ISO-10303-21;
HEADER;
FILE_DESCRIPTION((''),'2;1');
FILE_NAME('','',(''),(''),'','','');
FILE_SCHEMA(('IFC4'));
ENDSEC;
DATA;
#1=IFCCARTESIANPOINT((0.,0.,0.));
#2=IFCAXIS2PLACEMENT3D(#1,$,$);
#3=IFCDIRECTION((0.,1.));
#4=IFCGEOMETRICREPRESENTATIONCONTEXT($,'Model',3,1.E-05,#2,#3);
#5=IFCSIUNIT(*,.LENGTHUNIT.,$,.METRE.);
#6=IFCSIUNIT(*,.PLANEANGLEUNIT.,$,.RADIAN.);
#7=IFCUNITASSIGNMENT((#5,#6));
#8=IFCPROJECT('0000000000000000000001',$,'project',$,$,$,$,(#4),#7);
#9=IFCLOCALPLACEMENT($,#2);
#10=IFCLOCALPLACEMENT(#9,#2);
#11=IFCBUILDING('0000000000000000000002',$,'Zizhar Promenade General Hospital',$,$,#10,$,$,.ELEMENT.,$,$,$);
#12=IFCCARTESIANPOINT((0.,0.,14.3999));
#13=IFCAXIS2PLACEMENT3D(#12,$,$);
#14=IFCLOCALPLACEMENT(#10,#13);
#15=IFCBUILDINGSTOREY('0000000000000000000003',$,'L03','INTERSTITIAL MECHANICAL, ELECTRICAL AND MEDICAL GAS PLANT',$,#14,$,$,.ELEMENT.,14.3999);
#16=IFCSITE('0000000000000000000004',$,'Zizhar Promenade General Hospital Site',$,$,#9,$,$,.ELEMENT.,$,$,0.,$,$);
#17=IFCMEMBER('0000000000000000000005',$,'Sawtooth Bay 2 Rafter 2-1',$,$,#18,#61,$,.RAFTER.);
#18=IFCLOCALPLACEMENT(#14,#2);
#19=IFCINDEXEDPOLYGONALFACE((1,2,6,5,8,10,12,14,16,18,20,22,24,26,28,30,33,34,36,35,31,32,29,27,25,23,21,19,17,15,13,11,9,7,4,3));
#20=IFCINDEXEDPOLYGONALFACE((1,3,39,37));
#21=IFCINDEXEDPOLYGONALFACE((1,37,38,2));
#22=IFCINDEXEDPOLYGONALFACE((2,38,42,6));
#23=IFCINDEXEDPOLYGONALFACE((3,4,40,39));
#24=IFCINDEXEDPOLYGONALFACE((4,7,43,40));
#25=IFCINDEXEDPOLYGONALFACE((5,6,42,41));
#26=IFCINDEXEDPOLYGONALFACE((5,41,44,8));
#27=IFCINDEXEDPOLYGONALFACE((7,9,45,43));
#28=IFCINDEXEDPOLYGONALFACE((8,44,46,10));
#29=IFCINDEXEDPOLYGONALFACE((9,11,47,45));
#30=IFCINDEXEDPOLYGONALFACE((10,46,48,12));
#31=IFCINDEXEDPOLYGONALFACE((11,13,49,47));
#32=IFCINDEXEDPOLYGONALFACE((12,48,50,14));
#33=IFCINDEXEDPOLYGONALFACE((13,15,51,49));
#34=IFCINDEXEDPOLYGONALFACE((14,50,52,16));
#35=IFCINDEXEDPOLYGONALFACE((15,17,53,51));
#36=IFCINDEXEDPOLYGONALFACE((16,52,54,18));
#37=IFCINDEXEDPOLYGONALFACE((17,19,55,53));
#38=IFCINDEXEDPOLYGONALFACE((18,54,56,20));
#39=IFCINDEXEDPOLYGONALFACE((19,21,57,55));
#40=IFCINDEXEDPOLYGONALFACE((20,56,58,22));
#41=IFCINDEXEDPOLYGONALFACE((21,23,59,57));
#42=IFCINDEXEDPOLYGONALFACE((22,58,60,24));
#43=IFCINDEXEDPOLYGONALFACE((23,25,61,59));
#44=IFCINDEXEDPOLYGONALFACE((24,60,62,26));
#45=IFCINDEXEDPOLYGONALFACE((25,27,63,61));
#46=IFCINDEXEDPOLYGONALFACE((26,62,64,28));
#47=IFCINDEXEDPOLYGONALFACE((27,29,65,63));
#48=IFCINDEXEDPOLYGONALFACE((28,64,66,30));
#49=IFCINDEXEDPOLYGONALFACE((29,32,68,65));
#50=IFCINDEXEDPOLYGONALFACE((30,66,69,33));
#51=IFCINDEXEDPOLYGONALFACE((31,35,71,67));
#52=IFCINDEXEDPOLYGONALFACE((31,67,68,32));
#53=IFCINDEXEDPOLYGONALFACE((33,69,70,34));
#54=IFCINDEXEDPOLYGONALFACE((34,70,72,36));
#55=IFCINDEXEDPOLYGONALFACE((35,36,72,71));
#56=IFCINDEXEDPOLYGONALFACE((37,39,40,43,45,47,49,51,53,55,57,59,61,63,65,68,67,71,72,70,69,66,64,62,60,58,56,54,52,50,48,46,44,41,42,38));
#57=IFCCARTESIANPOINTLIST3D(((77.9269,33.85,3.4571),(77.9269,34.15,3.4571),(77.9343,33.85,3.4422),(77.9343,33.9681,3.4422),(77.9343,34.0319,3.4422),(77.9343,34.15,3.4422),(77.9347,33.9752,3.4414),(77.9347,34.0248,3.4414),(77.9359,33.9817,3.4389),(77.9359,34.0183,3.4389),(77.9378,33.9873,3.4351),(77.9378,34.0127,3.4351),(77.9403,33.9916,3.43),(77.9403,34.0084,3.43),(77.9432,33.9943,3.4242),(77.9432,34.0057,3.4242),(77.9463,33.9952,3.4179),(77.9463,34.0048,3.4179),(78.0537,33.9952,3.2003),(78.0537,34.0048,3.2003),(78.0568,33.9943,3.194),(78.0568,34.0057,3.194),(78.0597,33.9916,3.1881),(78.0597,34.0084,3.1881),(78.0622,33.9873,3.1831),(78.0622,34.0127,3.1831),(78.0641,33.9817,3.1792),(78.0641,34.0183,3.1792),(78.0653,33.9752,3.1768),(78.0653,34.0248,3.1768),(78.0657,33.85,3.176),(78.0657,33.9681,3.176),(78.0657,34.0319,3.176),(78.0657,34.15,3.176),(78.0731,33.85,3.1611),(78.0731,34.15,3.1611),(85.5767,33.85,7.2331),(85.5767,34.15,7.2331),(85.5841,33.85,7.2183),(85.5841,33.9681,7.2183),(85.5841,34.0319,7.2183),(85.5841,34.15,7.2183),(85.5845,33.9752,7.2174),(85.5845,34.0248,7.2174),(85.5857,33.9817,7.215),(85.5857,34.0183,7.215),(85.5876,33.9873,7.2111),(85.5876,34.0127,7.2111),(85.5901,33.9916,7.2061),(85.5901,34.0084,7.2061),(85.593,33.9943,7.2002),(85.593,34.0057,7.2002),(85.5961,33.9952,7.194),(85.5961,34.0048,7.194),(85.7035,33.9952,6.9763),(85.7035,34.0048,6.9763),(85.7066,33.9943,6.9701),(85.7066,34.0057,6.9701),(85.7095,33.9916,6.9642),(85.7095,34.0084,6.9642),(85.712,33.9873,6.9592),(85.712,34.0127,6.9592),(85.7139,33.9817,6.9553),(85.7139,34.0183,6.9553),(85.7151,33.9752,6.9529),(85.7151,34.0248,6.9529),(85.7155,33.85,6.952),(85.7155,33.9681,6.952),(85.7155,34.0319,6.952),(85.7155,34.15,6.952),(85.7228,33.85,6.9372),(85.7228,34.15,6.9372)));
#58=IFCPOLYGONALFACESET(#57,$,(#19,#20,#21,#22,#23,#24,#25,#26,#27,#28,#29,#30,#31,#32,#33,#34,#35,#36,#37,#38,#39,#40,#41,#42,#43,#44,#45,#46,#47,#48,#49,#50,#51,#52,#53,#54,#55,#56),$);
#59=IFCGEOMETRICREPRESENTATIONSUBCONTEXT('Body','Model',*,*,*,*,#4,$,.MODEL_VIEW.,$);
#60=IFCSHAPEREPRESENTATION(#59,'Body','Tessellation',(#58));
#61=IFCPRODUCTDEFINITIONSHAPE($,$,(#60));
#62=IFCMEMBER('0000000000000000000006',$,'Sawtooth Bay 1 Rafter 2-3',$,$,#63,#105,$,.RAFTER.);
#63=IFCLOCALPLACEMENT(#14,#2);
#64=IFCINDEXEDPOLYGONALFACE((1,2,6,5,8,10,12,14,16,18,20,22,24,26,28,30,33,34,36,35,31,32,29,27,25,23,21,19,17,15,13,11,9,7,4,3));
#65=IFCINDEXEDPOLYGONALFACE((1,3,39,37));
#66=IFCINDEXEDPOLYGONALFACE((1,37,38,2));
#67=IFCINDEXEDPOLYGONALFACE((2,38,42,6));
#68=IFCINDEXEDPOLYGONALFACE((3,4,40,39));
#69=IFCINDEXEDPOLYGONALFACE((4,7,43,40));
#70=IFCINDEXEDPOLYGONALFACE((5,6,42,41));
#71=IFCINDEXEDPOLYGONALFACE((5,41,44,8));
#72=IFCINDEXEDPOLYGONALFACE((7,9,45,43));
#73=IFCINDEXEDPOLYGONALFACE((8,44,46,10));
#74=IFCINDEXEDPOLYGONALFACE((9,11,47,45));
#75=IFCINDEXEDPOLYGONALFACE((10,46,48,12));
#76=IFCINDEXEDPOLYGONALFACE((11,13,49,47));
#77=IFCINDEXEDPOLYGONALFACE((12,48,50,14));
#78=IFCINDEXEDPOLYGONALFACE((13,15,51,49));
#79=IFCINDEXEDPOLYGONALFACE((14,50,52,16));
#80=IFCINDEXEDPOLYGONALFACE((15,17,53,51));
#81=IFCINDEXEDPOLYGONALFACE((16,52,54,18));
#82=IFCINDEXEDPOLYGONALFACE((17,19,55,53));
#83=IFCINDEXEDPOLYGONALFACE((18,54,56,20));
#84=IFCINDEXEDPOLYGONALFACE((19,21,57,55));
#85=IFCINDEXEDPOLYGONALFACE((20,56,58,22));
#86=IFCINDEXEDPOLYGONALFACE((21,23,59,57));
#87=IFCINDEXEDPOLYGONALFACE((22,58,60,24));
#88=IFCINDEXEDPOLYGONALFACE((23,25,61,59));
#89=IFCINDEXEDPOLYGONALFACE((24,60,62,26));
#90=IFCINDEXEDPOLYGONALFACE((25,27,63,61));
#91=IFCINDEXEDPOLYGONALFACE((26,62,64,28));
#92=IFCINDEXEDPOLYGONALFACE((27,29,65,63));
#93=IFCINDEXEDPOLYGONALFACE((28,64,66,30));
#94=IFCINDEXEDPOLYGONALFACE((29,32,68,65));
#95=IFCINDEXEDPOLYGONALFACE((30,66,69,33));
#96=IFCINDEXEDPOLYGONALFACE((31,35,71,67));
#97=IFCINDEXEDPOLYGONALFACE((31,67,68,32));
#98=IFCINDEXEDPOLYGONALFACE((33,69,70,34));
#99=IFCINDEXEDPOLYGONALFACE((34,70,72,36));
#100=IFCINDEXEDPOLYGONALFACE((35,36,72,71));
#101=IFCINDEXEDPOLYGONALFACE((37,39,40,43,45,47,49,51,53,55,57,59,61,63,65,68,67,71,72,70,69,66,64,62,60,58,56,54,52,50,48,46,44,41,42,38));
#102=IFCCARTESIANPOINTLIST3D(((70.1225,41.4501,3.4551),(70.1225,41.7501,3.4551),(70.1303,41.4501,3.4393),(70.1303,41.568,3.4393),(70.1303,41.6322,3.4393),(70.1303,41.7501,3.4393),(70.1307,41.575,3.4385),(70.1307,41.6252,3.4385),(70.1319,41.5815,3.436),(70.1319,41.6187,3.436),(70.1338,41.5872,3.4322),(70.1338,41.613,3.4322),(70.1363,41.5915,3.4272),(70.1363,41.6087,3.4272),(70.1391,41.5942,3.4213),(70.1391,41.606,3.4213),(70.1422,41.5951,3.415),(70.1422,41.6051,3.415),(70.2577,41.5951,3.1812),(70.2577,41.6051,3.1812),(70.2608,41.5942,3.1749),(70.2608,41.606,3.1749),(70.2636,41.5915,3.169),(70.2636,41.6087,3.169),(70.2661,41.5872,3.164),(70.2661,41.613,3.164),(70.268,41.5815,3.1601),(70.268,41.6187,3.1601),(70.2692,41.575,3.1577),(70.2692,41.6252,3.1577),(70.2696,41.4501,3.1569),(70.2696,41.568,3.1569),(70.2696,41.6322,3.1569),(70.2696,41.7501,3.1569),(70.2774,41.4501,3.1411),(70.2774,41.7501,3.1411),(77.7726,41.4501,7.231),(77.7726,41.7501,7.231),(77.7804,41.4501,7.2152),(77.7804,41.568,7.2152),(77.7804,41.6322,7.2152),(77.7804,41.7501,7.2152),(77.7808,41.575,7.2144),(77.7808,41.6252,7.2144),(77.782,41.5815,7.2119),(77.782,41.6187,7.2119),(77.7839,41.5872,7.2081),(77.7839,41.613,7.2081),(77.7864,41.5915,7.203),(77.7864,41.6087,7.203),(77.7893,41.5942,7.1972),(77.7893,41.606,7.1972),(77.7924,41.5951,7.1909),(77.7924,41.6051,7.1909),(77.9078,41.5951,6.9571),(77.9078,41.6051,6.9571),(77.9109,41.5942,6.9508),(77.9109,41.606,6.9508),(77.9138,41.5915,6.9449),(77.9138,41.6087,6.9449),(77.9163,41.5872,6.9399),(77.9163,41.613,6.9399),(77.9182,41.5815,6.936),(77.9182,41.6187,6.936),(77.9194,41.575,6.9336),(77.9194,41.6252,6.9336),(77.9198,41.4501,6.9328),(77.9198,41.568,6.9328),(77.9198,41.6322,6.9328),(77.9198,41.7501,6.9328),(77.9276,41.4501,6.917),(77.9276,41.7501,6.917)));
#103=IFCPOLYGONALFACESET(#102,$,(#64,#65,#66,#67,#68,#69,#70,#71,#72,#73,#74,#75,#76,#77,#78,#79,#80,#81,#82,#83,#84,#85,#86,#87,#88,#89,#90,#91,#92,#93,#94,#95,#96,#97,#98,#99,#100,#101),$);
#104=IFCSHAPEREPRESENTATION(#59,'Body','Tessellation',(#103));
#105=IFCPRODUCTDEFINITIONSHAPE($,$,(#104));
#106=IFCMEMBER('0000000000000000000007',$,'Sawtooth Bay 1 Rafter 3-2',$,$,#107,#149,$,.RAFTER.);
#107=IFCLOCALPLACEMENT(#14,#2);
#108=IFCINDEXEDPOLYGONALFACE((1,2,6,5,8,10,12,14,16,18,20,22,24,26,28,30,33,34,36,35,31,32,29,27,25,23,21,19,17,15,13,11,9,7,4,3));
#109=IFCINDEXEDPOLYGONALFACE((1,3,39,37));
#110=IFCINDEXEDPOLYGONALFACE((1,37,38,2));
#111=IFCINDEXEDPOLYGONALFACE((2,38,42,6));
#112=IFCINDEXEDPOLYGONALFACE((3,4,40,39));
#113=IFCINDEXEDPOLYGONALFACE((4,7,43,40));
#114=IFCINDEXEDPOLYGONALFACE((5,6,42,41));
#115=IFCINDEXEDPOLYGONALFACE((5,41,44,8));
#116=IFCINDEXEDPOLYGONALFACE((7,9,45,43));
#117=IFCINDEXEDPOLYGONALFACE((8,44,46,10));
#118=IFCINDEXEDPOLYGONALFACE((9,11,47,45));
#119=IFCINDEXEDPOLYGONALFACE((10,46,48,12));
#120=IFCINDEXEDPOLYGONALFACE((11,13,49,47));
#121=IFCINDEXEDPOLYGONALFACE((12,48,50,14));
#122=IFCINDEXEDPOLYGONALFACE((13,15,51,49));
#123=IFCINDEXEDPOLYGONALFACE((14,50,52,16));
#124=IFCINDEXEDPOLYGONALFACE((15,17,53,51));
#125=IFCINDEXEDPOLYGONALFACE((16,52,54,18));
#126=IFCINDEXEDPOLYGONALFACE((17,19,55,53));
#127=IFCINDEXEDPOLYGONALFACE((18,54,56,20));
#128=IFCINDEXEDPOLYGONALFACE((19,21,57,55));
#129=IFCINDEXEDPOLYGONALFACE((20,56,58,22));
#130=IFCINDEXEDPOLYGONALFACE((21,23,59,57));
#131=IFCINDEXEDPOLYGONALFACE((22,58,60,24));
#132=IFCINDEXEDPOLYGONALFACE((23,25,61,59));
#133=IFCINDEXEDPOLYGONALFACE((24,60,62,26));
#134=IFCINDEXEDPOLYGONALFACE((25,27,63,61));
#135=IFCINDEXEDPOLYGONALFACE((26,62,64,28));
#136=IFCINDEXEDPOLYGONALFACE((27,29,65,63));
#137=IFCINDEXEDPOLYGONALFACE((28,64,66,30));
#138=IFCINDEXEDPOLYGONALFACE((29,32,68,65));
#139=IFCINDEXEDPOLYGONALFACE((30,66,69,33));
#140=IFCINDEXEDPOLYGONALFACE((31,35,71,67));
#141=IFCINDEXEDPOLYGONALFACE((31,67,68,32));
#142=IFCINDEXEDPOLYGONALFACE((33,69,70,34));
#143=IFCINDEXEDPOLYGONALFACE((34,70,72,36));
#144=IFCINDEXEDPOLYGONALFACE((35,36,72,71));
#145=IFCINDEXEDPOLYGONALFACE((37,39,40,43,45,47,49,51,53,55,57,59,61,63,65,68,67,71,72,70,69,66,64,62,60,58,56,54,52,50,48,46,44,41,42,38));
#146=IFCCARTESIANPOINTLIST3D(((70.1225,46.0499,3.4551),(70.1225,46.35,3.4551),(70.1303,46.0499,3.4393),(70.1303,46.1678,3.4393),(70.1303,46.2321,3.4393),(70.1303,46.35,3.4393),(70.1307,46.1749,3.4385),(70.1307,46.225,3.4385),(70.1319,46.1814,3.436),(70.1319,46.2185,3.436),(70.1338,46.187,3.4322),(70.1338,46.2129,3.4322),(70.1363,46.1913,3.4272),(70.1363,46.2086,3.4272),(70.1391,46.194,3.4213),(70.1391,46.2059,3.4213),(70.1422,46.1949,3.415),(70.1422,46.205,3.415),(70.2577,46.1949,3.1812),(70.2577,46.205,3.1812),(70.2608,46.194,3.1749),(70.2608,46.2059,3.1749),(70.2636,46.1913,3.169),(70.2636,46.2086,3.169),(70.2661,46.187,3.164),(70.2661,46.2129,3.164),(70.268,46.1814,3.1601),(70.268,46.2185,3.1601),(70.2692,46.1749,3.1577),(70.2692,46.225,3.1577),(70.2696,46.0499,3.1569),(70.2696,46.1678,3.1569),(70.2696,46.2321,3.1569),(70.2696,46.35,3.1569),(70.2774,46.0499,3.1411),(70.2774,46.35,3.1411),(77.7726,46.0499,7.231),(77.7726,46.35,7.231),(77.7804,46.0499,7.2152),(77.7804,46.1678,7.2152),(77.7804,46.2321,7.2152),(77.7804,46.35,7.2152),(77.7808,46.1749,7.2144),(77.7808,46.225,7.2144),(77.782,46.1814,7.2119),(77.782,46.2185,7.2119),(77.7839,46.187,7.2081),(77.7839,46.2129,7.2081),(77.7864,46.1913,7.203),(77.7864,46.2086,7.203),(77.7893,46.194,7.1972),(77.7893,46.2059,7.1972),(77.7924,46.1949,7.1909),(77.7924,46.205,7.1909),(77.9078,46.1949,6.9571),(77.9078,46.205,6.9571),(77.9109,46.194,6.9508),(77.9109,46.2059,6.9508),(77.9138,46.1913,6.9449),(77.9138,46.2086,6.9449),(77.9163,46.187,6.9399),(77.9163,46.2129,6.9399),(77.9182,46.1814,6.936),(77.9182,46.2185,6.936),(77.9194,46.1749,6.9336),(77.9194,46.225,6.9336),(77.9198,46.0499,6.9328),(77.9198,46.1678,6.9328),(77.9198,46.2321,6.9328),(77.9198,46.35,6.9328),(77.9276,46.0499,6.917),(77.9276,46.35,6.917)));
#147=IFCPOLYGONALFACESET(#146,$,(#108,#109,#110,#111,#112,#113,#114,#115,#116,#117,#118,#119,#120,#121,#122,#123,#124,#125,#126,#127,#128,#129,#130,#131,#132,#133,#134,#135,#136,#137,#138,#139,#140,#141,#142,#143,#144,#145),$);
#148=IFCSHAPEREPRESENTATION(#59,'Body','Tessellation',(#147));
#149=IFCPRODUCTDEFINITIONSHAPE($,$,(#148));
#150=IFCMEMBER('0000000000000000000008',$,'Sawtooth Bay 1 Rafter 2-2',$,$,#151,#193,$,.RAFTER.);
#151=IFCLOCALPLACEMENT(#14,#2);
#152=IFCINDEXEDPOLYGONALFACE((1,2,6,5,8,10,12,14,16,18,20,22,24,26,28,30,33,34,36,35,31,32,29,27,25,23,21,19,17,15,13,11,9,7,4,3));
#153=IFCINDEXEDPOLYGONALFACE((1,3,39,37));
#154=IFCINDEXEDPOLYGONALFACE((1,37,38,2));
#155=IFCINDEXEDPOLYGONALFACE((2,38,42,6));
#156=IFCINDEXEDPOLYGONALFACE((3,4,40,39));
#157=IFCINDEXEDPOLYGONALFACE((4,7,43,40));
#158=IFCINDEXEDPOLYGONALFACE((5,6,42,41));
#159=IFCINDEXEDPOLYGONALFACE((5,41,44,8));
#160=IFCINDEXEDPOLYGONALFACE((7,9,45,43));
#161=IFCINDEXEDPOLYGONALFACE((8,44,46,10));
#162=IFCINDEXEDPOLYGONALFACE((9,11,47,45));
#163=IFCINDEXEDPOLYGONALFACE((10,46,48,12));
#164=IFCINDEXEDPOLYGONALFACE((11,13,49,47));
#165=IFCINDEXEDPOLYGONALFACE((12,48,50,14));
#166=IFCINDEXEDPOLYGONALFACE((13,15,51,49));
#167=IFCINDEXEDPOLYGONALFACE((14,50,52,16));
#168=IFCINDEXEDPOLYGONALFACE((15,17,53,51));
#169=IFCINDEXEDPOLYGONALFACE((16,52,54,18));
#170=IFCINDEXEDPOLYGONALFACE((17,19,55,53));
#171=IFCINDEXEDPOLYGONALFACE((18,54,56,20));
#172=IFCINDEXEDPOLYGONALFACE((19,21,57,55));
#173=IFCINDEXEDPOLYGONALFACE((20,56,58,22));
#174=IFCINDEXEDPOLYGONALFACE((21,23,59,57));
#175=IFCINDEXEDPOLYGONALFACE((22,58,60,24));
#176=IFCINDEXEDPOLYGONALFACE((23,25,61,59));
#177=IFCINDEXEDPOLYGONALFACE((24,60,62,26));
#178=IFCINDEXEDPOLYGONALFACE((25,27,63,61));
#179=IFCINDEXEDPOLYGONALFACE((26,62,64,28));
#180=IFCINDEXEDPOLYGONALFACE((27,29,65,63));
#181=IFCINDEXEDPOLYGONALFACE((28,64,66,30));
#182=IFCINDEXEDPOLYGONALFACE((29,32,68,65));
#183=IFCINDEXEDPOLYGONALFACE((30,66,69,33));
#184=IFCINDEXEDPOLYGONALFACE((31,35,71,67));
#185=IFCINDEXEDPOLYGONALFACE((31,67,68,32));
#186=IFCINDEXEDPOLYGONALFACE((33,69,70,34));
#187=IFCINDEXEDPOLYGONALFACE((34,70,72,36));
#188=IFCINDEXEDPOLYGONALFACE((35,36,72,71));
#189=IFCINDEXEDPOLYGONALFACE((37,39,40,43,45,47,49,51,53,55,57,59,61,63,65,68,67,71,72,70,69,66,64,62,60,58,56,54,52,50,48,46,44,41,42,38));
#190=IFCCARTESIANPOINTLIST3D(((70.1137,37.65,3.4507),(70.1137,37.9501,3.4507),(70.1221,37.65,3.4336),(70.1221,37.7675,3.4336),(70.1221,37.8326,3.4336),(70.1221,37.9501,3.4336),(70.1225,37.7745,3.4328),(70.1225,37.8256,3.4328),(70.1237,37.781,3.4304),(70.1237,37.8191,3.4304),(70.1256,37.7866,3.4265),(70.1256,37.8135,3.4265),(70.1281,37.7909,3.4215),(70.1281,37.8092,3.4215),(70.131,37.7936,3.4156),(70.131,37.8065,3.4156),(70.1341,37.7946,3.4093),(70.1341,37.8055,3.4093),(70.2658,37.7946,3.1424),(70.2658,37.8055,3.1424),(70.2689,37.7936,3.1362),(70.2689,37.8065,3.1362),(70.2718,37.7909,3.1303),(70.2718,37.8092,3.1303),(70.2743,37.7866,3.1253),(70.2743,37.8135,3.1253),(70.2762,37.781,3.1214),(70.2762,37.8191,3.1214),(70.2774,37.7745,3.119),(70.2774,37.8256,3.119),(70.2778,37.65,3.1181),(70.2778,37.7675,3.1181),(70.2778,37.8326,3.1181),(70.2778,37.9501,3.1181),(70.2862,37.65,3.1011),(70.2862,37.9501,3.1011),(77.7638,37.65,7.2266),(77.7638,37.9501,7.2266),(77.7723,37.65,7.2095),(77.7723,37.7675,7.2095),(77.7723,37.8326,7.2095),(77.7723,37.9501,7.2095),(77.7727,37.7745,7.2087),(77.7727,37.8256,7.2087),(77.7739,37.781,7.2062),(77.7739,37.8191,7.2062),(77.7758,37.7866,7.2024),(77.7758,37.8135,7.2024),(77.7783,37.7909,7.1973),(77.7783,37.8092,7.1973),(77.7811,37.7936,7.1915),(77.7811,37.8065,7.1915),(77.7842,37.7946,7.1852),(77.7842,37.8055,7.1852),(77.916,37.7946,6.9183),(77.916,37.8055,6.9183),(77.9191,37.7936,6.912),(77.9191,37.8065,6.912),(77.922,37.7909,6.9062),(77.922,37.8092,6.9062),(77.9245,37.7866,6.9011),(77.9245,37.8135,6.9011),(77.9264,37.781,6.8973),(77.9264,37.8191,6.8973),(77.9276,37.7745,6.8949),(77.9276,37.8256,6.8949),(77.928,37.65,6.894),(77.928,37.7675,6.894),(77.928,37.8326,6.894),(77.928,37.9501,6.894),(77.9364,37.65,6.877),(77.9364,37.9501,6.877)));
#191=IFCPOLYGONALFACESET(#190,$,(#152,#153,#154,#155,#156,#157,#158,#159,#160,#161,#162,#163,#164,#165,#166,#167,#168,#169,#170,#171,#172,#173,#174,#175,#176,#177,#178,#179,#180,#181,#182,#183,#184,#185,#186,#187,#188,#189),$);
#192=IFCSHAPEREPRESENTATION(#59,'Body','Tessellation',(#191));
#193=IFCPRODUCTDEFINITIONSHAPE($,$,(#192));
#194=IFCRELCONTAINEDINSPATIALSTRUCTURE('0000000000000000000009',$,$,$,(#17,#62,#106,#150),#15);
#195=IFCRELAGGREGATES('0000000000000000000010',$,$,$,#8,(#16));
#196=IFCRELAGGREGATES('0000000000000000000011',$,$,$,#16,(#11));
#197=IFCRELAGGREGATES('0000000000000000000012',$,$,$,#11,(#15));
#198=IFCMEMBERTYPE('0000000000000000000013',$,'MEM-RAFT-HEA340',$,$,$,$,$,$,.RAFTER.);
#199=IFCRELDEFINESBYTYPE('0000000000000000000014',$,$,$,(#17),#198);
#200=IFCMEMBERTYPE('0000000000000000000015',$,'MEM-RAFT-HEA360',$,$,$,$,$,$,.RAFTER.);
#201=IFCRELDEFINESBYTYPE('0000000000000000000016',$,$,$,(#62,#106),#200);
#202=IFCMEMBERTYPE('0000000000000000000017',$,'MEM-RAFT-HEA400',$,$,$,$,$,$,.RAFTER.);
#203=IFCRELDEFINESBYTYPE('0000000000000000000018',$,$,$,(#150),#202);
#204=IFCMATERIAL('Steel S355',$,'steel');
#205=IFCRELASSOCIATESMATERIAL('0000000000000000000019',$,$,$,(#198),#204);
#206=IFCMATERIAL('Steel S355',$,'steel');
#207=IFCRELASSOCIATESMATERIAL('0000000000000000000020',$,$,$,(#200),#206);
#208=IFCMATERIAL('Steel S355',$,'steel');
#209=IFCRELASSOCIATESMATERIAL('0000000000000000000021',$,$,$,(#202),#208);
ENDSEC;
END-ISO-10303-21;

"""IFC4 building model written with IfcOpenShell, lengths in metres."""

from ifc_helpers import new_model, si_unit, direction, frame, origin, origin_2d, place, context, subcontext, project, spatial, i_section, extrude, material, material_profile, profile_set, type_object, element, save


model = new_model("IFC4")

# Units and contexts
model_context = context("Model", 3, precision=1e-05, world=origin(), true_north=direction((0.0, 1.0)))
body_context = subcontext(model_context, "Body", "Model", "MODEL_VIEW")
ifc_project = project(units=[si_unit("LENGTHUNIT", "METRE"), si_unit("PLANEANGLEUNIT", "RADIAN")], contexts=[model_context])

# Site, building, storey
site_placement = place(None, origin())
site = spatial("IfcSite", under=ifc_project, at=site_placement, Name="Zizhar Promenade General Hospital Site", CompositionType="ELEMENT", RefElevation=0.0)
building_placement = place(site_placement, origin())
building = spatial("IfcBuilding", under=site, at=building_placement, Name="Zizhar Promenade General Hospital", CompositionType="ELEMENT")
storey_placement = place(building_placement, frame((0.0, 0.0, 14.3999)))
storey = spatial("IfcBuildingStorey", under=building, at=storey_placement, Name="L03", Description="INTERSTITIAL MECHANICAL, ELECTRICAL AND MEDICAL GAS PLANT", CompositionType="ELEMENT", Elevation=14.3999)

# Members
ifc_material_1 = material(Name="Steel S355", Category="steel")
ifc_material_profile_1 = material_profile(ifc_material_1, i_section(OverallWidth=0.3, OverallDepth=0.3301, WebThickness=0.0095, FlangeThickness=0.0166, FilletRadius=0.0271, at=origin_2d()))
ifc_profile_set_1 = profile_set([ifc_material_profile_1], Name="Steel S355")
member_type_1 = type_object("IfcMemberType", Name="MEM-RAFT-HEA340", PredefinedType="RAFTER", material=ifc_profile_set_1)
member_1_placement = place(storey_placement, frame((78.0, 34.0, 3.3091), z_axis=(0.896705, 0.0, 0.442629), x_axis=(0.0, 1.0, 0.0)))
element("IfcMember", 1, at=member_1_placement, inside=storey, type_object=member_type_1, Name="Sawtooth Bay 2 Rafter 2-1", PredefinedType="RAFTER", context=body_context, shape_type="SweptSolid", body=[
    extrude(i_section(OverallWidth=0.3, OverallDepth=0.3301, WebThickness=0.0095, FlangeThickness=0.0166, FilletRadius=0.0271, at=origin_2d()), origin(), (0.0, 0.0, 1.0), 8.531),
])
ifc_material_2 = material(Name="Steel S355", Category="steel")
ifc_material_profile_2 = material_profile(ifc_material_2, i_section(OverallWidth=0.3, OverallDepth=0.3501, WebThickness=0.01, FlangeThickness=0.0176, FilletRadius=0.0271, at=origin_2d()))
ifc_profile_set_2 = profile_set([ifc_material_profile_2], Name="Steel S355")
member_type_2 = type_object("IfcMemberType", Name="MEM-RAFT-HEA360", PredefinedType="RAFTER", material=ifc_profile_set_2)
for number, where, z_axis, x_axis, name in (
    (2, (70.2, 41.6001, 3.2981), (0.896722, 0.0, 0.442595), (0.0, 1.0, 0.0), "Sawtooth Bay 1 Rafter 2-3"),
    (3, (70.2, 46.2, 3.2981), (0.896722, 0.0, 0.442595), (0.0, 1.0, 0.0), "Sawtooth Bay 1 Rafter 3-2"),
):
    element("IfcMember", number, at=place(storey_placement, frame(where, z_axis=z_axis, x_axis=x_axis)), inside=storey, type_object=member_type_2, Name=name, PredefinedType="RAFTER", context=body_context, shape_type="SweptSolid", body=[
        extrude(i_section(OverallWidth=0.3, OverallDepth=0.3501, WebThickness=0.01, FlangeThickness=0.0176, FilletRadius=0.0271, at=origin_2d()), origin(), (0.0, 0.0, 1.0), 8.5312),
    ])
ifc_material_3 = material(Name="Steel S355", Category="steel")
ifc_material_profile_3 = material_profile(ifc_material_3, i_section(OverallWidth=0.3, OverallDepth=0.3899, WebThickness=0.011, FlangeThickness=0.019, FilletRadius=0.0271, at=origin_2d()))
ifc_profile_set_3 = profile_set([ifc_material_profile_3], Name="Steel S355")
member_type_3 = type_object("IfcMemberType", Name="MEM-RAFT-HEA400", PredefinedType="RAFTER", material=ifc_profile_set_3)
for number, where, z_axis, x_axis, name in (
    (4, (70.2, 37.8, 3.2759), (0.896722, 0.0, 0.442595), (0.0, 1.0, 0.0), "Sawtooth Bay 1 Rafter 2-2"),
):
    element("IfcMember", number, at=place(storey_placement, frame(where, z_axis=z_axis, x_axis=x_axis)), inside=storey, type_object=member_type_3, Name=name, PredefinedType="RAFTER", context=body_context, shape_type="SweptSolid", body=[
        extrude(i_section(OverallWidth=0.3, OverallDepth=0.3899, WebThickness=0.011, FlangeThickness=0.019, FilletRadius=0.0271, at=origin_2d()), origin(), (0.0, 0.0, 1.0), 8.5312),
    ])

save(model, "model.ifc")
